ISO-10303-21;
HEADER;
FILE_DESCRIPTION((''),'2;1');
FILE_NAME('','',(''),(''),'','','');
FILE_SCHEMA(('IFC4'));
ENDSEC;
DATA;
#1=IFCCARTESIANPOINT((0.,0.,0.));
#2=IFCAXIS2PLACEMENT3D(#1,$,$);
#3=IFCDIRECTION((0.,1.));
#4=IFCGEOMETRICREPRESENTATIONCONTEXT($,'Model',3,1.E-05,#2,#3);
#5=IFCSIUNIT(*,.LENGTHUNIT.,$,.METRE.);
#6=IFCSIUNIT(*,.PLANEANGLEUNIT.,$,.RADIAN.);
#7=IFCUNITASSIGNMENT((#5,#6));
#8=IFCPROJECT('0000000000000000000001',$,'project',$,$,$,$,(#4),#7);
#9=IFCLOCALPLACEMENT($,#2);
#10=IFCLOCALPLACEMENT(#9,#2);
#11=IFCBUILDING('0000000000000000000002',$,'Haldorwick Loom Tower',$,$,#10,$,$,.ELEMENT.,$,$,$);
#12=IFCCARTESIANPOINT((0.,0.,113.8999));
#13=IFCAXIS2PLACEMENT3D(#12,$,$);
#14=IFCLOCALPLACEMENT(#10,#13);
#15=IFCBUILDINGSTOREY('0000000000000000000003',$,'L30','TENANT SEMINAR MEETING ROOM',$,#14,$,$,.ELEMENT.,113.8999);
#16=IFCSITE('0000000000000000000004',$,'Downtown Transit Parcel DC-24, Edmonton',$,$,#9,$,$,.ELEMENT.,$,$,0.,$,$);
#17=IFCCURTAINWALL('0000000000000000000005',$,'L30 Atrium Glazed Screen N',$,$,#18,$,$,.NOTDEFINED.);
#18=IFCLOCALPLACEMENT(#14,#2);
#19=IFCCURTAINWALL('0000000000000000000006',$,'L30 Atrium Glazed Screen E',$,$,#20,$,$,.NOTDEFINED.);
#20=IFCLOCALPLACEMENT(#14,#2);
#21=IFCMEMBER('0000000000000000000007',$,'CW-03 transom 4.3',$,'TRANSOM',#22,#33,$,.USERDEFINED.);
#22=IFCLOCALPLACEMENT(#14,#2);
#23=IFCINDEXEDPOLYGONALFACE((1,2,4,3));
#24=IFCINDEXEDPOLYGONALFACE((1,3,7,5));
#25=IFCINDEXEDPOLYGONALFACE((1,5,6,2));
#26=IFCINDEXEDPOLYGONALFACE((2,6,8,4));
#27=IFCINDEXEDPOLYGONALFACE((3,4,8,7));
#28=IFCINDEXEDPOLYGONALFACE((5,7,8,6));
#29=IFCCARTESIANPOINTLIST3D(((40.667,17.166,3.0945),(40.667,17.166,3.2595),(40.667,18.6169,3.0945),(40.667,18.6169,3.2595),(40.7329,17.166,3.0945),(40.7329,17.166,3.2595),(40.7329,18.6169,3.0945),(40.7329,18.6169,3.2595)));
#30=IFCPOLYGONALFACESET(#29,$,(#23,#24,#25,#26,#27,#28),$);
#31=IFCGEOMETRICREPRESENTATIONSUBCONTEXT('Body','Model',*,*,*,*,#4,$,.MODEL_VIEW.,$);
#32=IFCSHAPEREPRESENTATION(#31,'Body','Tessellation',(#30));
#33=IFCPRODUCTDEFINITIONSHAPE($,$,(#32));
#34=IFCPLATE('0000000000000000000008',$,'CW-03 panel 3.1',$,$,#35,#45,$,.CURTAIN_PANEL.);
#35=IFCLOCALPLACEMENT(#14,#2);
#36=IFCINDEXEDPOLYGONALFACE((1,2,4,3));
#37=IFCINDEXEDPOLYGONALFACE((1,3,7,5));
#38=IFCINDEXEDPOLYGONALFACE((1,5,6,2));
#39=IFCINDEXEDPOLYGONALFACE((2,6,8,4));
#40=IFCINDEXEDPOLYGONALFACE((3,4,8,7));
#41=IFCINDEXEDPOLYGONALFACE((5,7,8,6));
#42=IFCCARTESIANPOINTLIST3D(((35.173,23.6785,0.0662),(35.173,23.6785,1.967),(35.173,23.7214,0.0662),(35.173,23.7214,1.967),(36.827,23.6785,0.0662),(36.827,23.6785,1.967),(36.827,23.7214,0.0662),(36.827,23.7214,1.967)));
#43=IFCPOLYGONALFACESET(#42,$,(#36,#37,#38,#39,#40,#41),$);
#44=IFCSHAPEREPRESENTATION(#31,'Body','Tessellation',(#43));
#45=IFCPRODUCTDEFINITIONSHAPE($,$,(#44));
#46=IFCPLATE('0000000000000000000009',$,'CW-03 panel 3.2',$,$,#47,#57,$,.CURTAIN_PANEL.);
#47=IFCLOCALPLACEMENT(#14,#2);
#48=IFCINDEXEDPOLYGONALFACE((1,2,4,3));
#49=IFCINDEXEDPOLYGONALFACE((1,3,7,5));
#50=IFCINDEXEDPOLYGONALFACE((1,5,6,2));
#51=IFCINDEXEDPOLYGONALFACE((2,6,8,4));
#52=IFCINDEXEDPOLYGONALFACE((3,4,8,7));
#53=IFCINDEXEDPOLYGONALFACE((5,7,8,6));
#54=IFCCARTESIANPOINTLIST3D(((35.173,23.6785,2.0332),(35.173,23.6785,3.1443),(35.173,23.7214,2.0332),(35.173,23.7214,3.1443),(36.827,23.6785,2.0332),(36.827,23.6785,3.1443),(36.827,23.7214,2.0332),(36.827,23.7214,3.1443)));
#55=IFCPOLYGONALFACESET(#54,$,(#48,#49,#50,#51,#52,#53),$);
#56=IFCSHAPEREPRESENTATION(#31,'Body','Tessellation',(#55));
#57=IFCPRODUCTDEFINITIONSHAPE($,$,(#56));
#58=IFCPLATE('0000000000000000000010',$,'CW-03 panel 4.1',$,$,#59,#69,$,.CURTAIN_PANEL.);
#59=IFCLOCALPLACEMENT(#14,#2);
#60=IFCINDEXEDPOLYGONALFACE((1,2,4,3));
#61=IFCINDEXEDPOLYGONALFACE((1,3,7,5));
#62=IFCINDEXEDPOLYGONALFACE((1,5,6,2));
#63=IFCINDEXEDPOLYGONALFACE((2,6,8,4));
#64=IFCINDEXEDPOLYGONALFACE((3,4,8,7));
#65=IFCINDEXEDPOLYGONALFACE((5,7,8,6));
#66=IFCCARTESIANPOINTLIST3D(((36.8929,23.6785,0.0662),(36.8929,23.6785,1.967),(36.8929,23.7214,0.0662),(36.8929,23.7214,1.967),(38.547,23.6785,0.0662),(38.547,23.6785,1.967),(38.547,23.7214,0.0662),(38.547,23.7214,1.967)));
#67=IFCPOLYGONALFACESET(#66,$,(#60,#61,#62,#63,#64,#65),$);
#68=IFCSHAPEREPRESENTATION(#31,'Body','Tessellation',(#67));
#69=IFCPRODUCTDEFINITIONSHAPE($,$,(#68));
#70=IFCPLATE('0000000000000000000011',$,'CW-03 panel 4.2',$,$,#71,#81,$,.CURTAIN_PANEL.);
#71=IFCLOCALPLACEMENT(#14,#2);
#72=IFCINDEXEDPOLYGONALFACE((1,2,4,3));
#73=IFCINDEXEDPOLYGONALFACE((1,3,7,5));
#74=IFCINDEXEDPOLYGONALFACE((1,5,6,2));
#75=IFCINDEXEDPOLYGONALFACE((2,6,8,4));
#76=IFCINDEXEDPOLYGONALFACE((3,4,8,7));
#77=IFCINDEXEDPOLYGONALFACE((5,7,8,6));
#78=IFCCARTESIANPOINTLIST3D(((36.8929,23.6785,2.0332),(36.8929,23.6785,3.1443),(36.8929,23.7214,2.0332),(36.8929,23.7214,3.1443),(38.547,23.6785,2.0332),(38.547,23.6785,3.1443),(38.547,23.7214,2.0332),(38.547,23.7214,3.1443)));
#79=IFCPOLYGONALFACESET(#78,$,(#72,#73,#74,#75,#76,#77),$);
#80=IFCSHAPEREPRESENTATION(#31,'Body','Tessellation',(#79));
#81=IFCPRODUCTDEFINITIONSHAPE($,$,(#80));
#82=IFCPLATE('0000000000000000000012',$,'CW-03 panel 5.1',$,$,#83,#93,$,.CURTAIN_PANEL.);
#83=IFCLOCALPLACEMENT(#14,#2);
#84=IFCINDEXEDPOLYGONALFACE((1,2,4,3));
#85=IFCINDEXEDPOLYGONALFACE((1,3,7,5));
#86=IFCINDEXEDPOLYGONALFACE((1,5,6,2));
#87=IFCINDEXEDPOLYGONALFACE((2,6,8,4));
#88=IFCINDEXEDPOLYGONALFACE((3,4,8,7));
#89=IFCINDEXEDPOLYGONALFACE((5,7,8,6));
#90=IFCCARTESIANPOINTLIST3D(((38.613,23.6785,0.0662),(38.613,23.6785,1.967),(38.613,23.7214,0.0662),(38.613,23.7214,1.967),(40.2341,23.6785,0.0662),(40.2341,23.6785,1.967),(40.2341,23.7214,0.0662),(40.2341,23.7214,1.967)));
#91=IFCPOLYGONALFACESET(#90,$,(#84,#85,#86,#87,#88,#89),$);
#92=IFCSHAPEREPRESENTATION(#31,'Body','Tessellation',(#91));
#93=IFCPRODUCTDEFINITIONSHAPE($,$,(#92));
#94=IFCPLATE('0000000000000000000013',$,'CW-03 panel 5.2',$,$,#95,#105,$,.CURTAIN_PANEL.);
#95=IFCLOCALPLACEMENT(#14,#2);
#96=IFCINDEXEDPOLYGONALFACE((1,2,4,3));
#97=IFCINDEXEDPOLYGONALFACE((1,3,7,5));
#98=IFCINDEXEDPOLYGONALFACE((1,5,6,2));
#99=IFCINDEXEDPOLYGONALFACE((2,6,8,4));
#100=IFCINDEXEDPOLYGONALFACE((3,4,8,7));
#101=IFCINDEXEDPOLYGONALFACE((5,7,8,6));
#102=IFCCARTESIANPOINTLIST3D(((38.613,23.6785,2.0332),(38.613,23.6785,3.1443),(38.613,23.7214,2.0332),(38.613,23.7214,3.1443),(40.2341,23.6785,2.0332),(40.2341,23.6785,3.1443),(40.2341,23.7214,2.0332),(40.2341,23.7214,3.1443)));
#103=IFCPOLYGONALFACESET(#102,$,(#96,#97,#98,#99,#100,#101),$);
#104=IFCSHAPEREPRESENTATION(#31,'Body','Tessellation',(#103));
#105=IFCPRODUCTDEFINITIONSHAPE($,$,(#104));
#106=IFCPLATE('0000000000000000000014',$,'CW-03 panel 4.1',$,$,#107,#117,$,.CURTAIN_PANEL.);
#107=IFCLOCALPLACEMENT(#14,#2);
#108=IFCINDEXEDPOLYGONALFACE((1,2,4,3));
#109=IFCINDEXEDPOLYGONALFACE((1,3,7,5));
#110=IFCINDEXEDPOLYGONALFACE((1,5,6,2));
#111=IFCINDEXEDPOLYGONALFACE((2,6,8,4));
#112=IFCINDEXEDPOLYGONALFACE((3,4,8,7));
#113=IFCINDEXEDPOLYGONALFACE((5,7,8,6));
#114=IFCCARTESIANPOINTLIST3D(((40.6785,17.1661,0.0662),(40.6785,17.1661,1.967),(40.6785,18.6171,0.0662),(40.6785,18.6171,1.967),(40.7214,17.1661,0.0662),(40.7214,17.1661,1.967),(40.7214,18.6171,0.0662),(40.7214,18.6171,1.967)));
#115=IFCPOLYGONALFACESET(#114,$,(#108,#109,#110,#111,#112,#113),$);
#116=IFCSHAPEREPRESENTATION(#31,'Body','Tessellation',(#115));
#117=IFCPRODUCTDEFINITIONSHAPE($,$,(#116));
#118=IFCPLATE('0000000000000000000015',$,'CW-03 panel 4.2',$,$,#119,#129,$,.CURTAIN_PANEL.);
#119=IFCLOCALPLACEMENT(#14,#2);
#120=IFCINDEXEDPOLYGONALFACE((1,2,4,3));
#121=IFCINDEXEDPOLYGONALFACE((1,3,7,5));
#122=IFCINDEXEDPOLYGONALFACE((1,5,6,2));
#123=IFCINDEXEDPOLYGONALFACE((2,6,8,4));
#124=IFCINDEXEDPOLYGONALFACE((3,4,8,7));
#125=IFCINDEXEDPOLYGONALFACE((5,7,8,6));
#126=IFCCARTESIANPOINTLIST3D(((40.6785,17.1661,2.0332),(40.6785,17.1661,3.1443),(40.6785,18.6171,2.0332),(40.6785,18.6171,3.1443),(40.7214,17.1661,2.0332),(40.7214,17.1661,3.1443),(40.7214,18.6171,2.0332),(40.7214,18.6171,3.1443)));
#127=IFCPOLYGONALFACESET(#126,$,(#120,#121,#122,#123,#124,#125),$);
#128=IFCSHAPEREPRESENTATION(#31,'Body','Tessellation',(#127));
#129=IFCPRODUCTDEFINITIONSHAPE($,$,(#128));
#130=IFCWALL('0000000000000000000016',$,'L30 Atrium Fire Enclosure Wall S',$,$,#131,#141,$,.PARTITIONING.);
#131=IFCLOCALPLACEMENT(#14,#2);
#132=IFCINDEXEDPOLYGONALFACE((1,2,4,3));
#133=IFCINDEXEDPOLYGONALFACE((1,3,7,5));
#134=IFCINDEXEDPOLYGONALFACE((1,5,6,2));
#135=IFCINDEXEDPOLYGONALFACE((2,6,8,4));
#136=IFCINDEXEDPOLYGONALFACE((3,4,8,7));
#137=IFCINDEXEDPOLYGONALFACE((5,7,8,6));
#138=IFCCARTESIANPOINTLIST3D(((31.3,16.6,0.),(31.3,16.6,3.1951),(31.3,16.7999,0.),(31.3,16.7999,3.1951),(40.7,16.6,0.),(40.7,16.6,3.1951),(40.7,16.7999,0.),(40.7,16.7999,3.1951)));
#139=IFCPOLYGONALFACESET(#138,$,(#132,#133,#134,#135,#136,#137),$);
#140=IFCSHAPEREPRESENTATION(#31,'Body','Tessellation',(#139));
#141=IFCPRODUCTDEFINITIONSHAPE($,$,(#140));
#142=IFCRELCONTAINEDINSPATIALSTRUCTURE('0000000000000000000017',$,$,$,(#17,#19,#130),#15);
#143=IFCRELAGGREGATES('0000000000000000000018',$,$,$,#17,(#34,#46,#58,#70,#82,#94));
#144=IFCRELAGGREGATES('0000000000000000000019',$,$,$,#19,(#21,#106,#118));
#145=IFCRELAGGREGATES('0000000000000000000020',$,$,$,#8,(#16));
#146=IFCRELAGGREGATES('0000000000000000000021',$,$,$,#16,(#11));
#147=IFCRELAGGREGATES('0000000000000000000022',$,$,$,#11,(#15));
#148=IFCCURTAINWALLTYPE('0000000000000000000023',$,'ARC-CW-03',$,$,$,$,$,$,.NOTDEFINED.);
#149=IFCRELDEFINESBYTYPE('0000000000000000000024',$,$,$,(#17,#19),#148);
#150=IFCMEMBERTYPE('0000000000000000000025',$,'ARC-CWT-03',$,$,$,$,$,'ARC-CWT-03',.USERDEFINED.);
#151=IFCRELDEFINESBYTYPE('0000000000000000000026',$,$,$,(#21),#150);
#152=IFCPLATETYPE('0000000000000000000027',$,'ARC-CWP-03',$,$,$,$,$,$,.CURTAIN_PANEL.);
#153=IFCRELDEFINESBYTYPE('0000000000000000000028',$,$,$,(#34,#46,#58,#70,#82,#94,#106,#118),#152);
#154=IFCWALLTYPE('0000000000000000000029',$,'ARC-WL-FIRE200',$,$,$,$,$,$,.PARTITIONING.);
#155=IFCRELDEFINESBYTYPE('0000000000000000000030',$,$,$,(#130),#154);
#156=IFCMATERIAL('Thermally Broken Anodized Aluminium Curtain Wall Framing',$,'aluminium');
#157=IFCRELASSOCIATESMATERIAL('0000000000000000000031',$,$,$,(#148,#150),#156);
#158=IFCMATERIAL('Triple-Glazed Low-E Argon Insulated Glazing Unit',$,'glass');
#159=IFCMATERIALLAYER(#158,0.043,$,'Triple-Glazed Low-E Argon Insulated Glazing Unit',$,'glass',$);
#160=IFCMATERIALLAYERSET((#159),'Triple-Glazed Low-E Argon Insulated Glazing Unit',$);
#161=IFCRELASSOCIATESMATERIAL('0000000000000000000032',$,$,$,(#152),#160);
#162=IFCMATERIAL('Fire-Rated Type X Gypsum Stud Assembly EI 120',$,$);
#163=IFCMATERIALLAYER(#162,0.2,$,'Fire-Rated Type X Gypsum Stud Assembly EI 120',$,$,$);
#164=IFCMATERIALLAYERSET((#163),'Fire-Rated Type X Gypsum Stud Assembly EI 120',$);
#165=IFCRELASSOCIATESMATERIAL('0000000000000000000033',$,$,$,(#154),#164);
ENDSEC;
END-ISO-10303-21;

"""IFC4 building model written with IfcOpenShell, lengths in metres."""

from ifc_helpers import new_model, si_unit, direction, frame, frame_2d, origin, origin_2d, place, context, subcontext, project, spatial, rectangle, extrude, material, layer, layer_set, material_profile, profile_set, type_object, element, aggregate, save


model = new_model("IFC4")

# Units and contexts
model_context = context("Model", 3, precision=1e-05, world=origin(), true_north=direction((0.0, 1.0)))
body_context = subcontext(model_context, "Body", "Model", "MODEL_VIEW")
ifc_project = project(units=[si_unit("LENGTHUNIT", "METRE"), si_unit("PLANEANGLEUNIT", "RADIAN")], contexts=[model_context])

# Site, building, storey
site_placement = place(None, origin())
site = spatial("IfcSite", under=ifc_project, at=site_placement, Name="Downtown Transit Parcel DC-24, Edmonton", CompositionType="ELEMENT", RefElevation=0.0)
building_placement = place(site_placement, origin())
building = spatial("IfcBuilding", under=site, at=building_placement, Name="Haldorwick Loom Tower", CompositionType="ELEMENT")
storey_placement = place(building_placement, frame((0.0, 0.0, 113.8999)))
storey = spatial("IfcBuildingStorey", under=building, at=storey_placement, Name="L30", Description="TENANT SEMINAR MEETING ROOM", CompositionType="ELEMENT", Elevation=113.8999)

# Shared definitions
ifc_material_1 = material(Name="Thermally Broken Anodized Aluminium Curtain Wall Framing", Category="aluminium")
curtain_wall_type = type_object("IfcCurtainWallType", Name="ARC-CW-03", PredefinedType="NOTDEFINED", material=ifc_material_1)

# Curtain walls
curtain_wall_1_placement = place(storey_placement, origin())
curtain_wall_1 = element("IfcCurtainWall", 1, at=curtain_wall_1_placement, inside=storey, type_object=curtain_wall_type, Name="L30 Atrium Glazed Screen N", PredefinedType="NOTDEFINED")
curtain_wall_2_placement = place(storey_placement, origin())
curtain_wall_2 = element("IfcCurtainWall", 2, at=curtain_wall_2_placement, inside=storey, type_object=curtain_wall_type, Name="L30 Atrium Glazed Screen E", PredefinedType="NOTDEFINED")

# Member
ifc_material_profile_1 = material_profile(ifc_material_1, rectangle(XDim=0.0659, YDim=0.165, at=origin_2d()), Name="ALU_TRN_66X165", Category="aluminium")
ifc_profile_set_1 = profile_set([ifc_material_profile_1], Name="Thermally Broken Anodized Aluminium Curtain Wall Framing")
member_type_1 = type_object("IfcMemberType", Name="ARC-CWT-03", ElementType="ARC-CWT-03", PredefinedType="USERDEFINED", material=ifc_profile_set_1)
member_1_placement = place(storey_placement, frame((40.7, 18.6169, 3.177), z_axis=(0.0, -1.0, 0.0), x_axis=(1.0, 0.0, 0.0)))
member_1 = element("IfcMember", 3, at=member_1_placement, type_object=member_type_1, Name="CW-03 transom 4.3", ObjectType="TRANSOM", PredefinedType="USERDEFINED", context=body_context, shape_type="SweptSolid", body=[
    extrude(rectangle(XDim=0.0659, YDim=0.165, at=origin_2d()), origin(), (0.0, 0.0, 1.0), 1.4509),
])

# Plates
ifc_material_2 = material(Name="Triple-Glazed Low-E Argon Insulated Glazing Unit", Category="glass")
ifc_layer_1 = layer(ifc_material_2, 0.043, Name="Triple-Glazed Low-E Argon Insulated Glazing Unit", Category="glass")
ifc_layer_set_1 = layer_set([ifc_layer_1], Name="Triple-Glazed Low-E Argon Insulated Glazing Unit")
plate_type = type_object("IfcPlateType", Name="ARC-CWP-03", PredefinedType="CURTAIN_PANEL", material=ifc_layer_set_1)
plate_1_placement = place(storey_placement, frame((36.0, 23.7, 0.0662), z_axis=(0.0, 0.0, 1.0), x_axis=(1.0, 0.0, 0.0)))
plate_1 = element("IfcPlate", 4, at=plate_1_placement, type_object=plate_type, Name="CW-03 panel 3.1", PredefinedType="CURTAIN_PANEL", context=body_context, shape_type="SweptSolid", body=[
    extrude(rectangle(XDim=1.6541, YDim=0.043, at=origin_2d()), origin(), (0.0, 0.0, 1.0), 1.9009),
])
plate_2_placement = place(storey_placement, frame((36.0, 23.7, 2.0332), z_axis=(0.0, 0.0, 1.0), x_axis=(1.0, 0.0, 0.0)))
plate_2 = element("IfcPlate", 5, at=plate_2_placement, type_object=plate_type, Name="CW-03 panel 3.2", PredefinedType="CURTAIN_PANEL", context=body_context, shape_type="SweptSolid", body=[
    extrude(rectangle(XDim=1.6541, YDim=0.043, at=origin_2d()), origin(), (0.0, 0.0, 1.0), 1.1111),
])
plate_3_placement = place(storey_placement, frame((37.72, 23.7, 0.0662), z_axis=(0.0, 0.0, 1.0), x_axis=(1.0, 0.0, 0.0)))
plate_3 = element("IfcPlate", 6, at=plate_3_placement, type_object=plate_type, Name="CW-03 panel 4.1", PredefinedType="CURTAIN_PANEL", context=body_context, shape_type="SweptSolid", body=[
    extrude(rectangle(XDim=1.6541, YDim=0.043, at=origin_2d()), origin(), (0.0, 0.0, 1.0), 1.9009),
])
plate_4_placement = place(storey_placement, frame((37.72, 23.7, 2.0332), z_axis=(0.0, 0.0, 1.0), x_axis=(1.0, 0.0, 0.0)))
plate_4 = element("IfcPlate", 7, at=plate_4_placement, type_object=plate_type, Name="CW-03 panel 4.2", PredefinedType="CURTAIN_PANEL", context=body_context, shape_type="SweptSolid", body=[
    extrude(rectangle(XDim=1.6541, YDim=0.043, at=origin_2d()), origin(), (0.0, 0.0, 1.0), 1.1111),
])
plate_5_placement = place(storey_placement, frame((39.4236, 23.7, 0.0662), z_axis=(0.0, 0.0, 1.0), x_axis=(1.0, 0.0, 0.0)))
plate_5 = element("IfcPlate", 8, at=plate_5_placement, type_object=plate_type, Name="CW-03 panel 5.1", PredefinedType="CURTAIN_PANEL", context=body_context, shape_type="SweptSolid", body=[
    extrude(rectangle(XDim=1.6211, YDim=0.043, at=origin_2d()), origin(), (0.0, 0.0, 1.0), 1.9009),
])
plate_6_placement = place(storey_placement, frame((39.4236, 23.7, 2.0332), z_axis=(0.0, 0.0, 1.0), x_axis=(1.0, 0.0, 0.0)))
plate_6 = element("IfcPlate", 9, at=plate_6_placement, type_object=plate_type, Name="CW-03 panel 5.2", PredefinedType="CURTAIN_PANEL", context=body_context, shape_type="SweptSolid", body=[
    extrude(rectangle(XDim=1.6211, YDim=0.043, at=origin_2d()), origin(), (0.0, 0.0, 1.0), 1.1111),
])
aggregate(curtain_wall_1, [plate_1, plate_2, plate_3, plate_4, plate_5, plate_6])
plate_7_placement = place(storey_placement, frame((40.7, 17.8916, 0.0662), z_axis=(0.0, 0.0, 1.0), x_axis=(0.0, -1.0, 0.0)))
plate_7 = element("IfcPlate", 10, at=plate_7_placement, type_object=plate_type, Name="CW-03 panel 4.1", PredefinedType="CURTAIN_PANEL", context=body_context, shape_type="SweptSolid", body=[
    extrude(rectangle(XDim=1.4509, YDim=0.043, at=origin_2d()), origin(), (0.0, 0.0, 1.0), 1.9009),
])
plate_8_placement = place(storey_placement, frame((40.7, 17.8916, 2.0332), z_axis=(0.0, 0.0, 1.0), x_axis=(0.0, -1.0, 0.0)))
plate_8 = element("IfcPlate", 11, at=plate_8_placement, type_object=plate_type, Name="CW-03 panel 4.2", PredefinedType="CURTAIN_PANEL", context=body_context, shape_type="SweptSolid", body=[
    extrude(rectangle(XDim=1.4509, YDim=0.043, at=origin_2d()), origin(), (0.0, 0.0, 1.0), 1.1111),
])
aggregate(curtain_wall_2, [member_1, plate_7, plate_8])

# Wall
ifc_material_3 = material(Name="Fire-Rated Type X Gypsum Stud Assembly EI 120")
ifc_layer_2 = layer(ifc_material_3, 0.2, Name="Fire-Rated Type X Gypsum Stud Assembly EI 120")
ifc_layer_set_2 = layer_set([ifc_layer_2], Name="Fire-Rated Type X Gypsum Stud Assembly EI 120")
wall_type = type_object("IfcWallType", Name="ARC-WL-FIRE200", PredefinedType="PARTITIONING", material=ifc_layer_set_2)
wall_placement = place(storey_placement, frame((40.7, 16.7, 0.0), z_axis=(0.0, 0.0, 1.0), x_axis=(-1.0, 0.0, 0.0)))
element("IfcWall", 12, at=wall_placement, inside=storey, type_object=wall_type, Name="L30 Atrium Fire Enclosure Wall S", PredefinedType="PARTITIONING", context=body_context, shape_type="SweptSolid", body=[
    extrude(rectangle(XDim=9.3999, YDim=0.2, at=frame_2d((4.7, 0.0))), origin(), (0.0, 0.0, 1.0), 3.1951),
])

save(model, "model.ifc")
